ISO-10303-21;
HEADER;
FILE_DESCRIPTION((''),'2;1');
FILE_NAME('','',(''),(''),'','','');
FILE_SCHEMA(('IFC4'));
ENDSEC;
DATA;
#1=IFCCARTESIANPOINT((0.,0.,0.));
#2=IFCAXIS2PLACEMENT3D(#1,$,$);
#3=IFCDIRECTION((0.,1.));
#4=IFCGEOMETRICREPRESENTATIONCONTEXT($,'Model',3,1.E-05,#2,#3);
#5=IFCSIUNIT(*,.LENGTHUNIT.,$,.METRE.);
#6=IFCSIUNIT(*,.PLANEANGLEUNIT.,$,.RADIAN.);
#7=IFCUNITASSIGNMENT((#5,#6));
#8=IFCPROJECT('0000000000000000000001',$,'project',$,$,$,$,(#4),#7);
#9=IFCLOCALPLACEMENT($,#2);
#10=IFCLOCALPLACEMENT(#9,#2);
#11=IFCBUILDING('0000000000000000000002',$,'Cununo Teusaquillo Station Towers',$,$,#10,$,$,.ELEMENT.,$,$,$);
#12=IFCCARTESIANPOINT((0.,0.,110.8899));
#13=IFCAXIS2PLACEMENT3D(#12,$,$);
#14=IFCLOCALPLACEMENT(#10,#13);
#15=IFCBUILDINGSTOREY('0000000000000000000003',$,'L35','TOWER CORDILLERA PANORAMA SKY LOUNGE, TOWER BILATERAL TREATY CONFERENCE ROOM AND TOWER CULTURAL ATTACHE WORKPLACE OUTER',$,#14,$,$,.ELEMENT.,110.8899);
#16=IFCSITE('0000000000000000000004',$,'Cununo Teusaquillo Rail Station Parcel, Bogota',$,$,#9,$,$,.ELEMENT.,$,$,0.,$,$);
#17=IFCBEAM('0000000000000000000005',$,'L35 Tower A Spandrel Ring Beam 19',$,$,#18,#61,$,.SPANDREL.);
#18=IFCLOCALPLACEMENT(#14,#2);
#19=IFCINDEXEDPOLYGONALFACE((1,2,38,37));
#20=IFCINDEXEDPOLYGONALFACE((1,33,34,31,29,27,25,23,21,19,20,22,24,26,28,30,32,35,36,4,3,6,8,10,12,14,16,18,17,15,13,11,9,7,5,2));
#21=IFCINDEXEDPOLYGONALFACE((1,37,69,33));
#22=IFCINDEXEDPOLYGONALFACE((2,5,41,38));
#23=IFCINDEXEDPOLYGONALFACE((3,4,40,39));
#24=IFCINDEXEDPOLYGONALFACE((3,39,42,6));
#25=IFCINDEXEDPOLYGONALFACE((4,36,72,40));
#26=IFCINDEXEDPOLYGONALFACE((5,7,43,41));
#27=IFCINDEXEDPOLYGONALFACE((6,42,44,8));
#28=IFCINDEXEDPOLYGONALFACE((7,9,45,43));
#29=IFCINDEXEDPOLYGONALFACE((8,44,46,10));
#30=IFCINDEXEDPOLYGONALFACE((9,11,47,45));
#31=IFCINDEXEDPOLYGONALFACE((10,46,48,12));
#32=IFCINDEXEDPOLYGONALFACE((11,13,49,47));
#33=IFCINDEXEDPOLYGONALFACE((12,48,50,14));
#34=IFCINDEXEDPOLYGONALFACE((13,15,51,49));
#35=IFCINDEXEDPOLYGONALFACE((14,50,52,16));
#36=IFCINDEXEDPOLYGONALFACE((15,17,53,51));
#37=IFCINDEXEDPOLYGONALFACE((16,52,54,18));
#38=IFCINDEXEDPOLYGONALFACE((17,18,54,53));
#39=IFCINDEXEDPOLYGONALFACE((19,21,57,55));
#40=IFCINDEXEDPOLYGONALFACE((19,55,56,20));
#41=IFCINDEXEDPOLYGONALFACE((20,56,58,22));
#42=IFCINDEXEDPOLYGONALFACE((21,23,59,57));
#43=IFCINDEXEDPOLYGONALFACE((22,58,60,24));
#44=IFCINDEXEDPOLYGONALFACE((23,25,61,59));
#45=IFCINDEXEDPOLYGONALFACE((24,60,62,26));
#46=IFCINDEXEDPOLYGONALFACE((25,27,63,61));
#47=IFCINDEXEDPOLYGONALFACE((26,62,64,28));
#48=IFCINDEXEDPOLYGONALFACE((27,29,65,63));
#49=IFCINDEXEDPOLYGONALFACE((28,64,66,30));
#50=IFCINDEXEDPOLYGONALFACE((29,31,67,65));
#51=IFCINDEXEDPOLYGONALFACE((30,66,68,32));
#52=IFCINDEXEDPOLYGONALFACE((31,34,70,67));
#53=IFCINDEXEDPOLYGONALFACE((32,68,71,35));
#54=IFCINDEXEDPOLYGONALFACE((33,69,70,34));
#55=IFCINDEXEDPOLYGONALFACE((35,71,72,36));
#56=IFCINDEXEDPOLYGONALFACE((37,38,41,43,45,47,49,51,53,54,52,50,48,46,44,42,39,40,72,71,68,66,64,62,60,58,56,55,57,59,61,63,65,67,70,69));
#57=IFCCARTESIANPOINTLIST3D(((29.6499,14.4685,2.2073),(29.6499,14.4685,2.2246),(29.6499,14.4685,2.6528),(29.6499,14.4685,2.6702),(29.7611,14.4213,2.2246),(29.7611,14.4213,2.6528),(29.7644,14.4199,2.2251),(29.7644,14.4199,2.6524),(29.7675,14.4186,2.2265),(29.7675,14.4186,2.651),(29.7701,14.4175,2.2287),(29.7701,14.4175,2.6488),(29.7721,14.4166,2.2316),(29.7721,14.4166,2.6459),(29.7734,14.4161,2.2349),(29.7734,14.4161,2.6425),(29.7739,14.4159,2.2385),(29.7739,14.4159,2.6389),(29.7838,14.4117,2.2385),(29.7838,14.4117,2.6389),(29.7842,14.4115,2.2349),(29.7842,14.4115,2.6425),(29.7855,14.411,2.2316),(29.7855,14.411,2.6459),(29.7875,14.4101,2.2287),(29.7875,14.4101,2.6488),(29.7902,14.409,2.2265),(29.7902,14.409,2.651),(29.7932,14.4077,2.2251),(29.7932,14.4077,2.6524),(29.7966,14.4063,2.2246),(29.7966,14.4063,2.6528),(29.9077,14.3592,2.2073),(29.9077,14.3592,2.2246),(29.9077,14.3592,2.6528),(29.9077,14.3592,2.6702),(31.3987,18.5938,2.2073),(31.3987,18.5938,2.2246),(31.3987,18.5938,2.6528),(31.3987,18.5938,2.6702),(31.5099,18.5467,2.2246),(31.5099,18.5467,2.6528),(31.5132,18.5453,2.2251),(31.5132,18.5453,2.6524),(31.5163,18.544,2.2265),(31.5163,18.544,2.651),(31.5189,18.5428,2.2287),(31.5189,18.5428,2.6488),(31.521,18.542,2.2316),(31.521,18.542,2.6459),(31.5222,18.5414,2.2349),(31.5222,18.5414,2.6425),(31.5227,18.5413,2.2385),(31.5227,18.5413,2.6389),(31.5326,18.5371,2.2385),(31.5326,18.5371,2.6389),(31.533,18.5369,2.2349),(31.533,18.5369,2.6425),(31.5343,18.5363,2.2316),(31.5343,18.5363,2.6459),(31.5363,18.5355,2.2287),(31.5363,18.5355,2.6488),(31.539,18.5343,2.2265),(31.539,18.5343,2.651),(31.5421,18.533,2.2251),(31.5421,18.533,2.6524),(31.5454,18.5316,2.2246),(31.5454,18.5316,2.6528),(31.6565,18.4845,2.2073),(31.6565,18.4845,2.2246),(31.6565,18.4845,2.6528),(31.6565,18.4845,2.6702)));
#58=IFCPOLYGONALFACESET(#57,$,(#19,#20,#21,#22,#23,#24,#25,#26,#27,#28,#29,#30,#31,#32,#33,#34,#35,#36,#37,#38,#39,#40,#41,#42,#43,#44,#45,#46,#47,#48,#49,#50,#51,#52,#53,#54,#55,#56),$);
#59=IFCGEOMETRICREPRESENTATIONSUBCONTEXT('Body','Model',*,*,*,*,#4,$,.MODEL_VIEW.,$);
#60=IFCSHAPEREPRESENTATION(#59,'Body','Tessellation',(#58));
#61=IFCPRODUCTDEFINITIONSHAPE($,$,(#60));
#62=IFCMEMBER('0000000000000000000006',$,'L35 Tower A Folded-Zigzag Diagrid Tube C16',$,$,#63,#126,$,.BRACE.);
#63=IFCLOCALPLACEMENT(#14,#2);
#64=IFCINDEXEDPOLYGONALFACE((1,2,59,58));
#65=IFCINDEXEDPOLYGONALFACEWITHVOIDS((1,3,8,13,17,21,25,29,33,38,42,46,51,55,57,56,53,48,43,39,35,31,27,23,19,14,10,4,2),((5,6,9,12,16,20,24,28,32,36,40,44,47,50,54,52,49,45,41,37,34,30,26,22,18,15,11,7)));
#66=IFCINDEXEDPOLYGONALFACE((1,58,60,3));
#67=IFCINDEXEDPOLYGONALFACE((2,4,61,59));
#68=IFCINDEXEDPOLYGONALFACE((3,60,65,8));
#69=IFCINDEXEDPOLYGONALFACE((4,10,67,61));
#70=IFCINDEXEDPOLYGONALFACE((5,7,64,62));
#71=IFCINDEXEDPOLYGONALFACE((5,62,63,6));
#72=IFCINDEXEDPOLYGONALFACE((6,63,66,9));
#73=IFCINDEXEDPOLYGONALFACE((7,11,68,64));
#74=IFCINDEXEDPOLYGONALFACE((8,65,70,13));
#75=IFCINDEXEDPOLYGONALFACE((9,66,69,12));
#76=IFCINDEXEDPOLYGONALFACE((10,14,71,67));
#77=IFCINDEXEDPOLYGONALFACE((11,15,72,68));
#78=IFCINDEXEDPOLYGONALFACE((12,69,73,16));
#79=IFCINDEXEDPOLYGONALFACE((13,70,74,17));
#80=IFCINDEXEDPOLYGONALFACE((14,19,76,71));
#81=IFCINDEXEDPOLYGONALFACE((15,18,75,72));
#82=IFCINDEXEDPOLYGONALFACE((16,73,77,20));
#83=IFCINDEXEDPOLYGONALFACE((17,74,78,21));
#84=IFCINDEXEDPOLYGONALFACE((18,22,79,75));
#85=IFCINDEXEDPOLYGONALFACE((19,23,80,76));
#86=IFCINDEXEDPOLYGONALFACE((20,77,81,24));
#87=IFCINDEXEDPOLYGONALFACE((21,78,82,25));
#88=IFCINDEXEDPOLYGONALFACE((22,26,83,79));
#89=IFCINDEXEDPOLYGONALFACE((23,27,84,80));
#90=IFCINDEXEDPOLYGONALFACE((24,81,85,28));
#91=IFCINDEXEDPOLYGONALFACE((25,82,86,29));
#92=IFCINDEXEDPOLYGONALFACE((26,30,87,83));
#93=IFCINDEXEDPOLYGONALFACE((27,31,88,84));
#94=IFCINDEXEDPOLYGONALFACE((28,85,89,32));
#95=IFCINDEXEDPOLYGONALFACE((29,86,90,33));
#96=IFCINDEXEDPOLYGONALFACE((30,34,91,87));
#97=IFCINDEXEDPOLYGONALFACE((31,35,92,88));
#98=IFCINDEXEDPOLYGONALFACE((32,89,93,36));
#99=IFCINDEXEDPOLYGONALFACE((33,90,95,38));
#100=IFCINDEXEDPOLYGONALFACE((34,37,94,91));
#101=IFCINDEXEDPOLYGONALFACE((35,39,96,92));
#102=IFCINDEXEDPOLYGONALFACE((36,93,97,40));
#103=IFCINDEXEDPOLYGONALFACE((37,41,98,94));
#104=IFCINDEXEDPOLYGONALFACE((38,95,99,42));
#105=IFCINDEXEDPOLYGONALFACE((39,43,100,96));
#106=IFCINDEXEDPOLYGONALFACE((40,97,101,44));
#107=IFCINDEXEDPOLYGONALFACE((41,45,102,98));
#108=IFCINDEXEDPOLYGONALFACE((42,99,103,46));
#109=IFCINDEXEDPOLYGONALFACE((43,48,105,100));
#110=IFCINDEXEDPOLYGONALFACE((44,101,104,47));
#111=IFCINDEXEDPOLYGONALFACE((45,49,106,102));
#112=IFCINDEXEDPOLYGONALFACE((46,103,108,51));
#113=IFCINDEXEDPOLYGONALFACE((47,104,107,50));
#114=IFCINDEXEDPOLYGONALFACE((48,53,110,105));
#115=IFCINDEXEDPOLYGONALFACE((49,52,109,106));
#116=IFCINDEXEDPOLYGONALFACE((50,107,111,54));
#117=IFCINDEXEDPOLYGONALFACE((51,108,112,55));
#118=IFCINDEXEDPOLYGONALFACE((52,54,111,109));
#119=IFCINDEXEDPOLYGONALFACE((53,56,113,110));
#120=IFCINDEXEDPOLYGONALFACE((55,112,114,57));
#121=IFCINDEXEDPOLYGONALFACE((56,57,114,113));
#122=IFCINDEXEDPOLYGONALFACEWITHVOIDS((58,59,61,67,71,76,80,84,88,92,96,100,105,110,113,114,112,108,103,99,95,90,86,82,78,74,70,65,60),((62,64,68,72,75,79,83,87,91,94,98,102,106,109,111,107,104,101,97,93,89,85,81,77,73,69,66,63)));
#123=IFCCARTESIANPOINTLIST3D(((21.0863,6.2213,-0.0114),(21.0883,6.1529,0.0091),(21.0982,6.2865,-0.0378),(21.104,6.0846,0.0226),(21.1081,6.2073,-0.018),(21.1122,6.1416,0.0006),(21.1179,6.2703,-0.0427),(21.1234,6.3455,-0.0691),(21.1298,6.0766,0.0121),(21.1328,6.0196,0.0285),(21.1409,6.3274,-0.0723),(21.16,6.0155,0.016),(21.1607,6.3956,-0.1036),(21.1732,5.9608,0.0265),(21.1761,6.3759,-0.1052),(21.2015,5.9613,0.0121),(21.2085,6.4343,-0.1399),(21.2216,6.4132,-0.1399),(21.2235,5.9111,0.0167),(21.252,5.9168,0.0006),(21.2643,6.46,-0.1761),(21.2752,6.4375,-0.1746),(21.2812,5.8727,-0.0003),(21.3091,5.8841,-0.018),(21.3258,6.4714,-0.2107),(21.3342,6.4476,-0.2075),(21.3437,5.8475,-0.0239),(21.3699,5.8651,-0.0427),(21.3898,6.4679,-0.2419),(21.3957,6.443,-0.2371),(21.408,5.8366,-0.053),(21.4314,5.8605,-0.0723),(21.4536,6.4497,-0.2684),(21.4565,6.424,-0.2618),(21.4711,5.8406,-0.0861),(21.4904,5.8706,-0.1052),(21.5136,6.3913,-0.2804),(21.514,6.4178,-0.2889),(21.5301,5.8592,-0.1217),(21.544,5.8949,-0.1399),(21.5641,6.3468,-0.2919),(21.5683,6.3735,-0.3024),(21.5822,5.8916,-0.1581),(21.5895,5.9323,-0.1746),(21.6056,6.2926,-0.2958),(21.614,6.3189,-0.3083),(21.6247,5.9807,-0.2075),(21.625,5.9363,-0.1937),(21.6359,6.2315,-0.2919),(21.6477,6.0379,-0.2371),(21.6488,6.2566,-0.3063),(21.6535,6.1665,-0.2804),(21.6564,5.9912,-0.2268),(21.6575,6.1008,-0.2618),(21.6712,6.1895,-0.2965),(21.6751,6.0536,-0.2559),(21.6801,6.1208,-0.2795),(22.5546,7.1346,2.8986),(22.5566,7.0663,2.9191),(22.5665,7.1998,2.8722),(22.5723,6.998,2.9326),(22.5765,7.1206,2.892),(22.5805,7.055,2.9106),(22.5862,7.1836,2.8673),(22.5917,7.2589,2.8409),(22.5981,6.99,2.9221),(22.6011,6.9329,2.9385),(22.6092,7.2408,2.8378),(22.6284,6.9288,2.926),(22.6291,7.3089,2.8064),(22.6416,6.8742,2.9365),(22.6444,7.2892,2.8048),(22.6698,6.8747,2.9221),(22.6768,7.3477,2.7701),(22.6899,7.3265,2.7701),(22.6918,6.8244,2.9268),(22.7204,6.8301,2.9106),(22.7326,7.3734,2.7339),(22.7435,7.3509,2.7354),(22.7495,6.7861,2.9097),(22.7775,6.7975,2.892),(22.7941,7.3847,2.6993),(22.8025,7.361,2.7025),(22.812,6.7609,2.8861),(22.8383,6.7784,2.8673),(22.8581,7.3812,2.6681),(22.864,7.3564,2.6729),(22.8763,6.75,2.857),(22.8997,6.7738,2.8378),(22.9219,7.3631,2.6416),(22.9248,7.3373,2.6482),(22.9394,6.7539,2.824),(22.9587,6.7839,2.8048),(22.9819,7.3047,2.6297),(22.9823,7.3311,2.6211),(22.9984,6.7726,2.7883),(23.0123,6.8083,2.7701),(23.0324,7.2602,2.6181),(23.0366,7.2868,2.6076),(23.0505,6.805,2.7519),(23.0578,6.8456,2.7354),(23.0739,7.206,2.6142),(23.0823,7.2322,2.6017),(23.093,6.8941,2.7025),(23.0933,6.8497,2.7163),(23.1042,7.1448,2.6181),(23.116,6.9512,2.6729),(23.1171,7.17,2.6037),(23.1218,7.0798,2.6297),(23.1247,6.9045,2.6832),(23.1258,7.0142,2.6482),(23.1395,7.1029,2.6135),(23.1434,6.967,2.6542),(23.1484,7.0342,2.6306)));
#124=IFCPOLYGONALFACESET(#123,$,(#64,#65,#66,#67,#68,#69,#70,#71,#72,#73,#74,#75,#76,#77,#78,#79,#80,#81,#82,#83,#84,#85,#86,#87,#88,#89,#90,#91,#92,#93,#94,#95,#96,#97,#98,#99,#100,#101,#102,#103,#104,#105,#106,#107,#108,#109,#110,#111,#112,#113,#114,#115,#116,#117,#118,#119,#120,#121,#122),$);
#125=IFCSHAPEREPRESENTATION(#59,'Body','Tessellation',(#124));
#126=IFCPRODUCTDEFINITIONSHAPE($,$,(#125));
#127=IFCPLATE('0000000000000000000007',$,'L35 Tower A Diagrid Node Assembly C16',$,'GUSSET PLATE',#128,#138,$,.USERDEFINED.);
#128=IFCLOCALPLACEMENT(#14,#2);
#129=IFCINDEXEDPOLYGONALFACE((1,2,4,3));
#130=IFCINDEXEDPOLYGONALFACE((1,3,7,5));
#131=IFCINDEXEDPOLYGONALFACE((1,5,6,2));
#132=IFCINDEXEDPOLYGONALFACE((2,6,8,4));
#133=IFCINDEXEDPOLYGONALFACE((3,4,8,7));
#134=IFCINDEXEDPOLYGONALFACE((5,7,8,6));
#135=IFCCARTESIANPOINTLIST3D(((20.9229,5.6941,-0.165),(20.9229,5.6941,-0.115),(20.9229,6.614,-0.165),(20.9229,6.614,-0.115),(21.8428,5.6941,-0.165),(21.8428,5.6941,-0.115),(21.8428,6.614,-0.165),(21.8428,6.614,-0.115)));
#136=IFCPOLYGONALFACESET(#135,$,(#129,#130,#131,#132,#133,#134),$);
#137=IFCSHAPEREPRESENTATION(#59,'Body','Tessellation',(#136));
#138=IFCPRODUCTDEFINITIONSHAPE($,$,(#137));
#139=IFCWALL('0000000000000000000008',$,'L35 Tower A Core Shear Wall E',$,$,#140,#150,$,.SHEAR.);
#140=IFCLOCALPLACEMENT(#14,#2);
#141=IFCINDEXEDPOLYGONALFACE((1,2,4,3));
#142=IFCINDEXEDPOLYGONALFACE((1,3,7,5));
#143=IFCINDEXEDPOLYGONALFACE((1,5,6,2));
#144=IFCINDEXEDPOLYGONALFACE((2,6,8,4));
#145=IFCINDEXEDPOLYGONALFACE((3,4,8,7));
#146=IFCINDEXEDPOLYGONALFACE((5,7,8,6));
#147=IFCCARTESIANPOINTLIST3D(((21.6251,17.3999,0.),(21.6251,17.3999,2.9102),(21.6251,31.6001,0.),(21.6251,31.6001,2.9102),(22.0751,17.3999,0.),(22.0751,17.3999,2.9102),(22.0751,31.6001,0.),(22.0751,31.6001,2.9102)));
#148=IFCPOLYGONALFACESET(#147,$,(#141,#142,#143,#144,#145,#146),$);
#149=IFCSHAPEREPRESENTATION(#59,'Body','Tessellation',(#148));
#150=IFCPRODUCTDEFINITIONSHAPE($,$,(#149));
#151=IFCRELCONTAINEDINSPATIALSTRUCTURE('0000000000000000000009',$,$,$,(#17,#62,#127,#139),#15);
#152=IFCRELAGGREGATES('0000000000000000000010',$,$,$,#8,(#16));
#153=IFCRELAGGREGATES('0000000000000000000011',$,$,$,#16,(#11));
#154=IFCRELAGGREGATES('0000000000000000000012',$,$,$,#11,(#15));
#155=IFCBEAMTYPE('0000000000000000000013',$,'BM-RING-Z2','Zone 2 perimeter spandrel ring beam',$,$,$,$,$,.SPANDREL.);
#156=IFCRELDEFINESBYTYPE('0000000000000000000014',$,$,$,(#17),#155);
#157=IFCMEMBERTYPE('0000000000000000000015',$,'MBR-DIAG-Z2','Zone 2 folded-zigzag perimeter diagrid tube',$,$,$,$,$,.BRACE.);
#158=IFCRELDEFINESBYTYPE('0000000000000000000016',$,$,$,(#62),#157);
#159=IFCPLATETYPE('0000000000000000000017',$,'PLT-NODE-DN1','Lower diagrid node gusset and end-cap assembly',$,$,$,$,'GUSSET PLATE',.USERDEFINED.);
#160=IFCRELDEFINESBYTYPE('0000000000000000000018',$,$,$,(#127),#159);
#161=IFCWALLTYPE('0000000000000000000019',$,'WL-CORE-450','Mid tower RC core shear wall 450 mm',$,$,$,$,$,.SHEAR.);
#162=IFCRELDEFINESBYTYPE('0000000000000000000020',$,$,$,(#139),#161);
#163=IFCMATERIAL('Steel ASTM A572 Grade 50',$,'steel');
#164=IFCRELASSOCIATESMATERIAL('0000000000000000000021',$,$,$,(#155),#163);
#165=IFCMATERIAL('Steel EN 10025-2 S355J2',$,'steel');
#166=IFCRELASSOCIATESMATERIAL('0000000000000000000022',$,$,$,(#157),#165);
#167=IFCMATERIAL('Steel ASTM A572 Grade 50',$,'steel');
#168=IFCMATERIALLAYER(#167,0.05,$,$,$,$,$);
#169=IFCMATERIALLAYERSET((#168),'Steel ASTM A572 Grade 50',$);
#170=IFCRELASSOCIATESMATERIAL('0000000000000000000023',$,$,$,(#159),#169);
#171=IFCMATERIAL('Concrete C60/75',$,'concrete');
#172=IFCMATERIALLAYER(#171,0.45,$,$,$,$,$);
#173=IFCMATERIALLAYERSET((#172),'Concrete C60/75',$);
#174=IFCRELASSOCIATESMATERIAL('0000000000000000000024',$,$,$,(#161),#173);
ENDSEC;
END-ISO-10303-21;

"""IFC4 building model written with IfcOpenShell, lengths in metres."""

from ifc_helpers import new_model, si_unit, direction, frame, frame_2d, origin, origin_2d, place, context, subcontext, project, spatial, rectangle, hollow_circle, i_section, extrude, source, transform, mapped, material, layer, layer_set, material_profile, profile_set, type_object, element, save


model = new_model("IFC4")

# Units and contexts
model_context = context("Model", 3, precision=1e-05, world=origin(), true_north=direction((0.0, 1.0)))
body_context = subcontext(model_context, "Body", "Model", "MODEL_VIEW")
ifc_project = project(units=[si_unit("LENGTHUNIT", "METRE"), si_unit("PLANEANGLEUNIT", "RADIAN")], contexts=[model_context])

# Site, building, storey
site_placement = place(None, origin())
site = spatial("IfcSite", under=ifc_project, at=site_placement, Name="Cununo Teusaquillo Rail Station Parcel, Bogota", CompositionType="ELEMENT", RefElevation=0.0)
building_placement = place(site_placement, origin())
building = spatial("IfcBuilding", under=site, at=building_placement, Name="Cununo Teusaquillo Station Towers", CompositionType="ELEMENT")
storey_placement = place(building_placement, frame((0.0, 0.0, 110.8899)))
storey = spatial("IfcBuildingStorey", under=building, at=storey_placement, Name="L35", Description="TOWER CORDILLERA PANORAMA SKY LOUNGE, TOWER BILATERAL TREATY CONFERENCE ROOM AND TOWER CULTURAL ATTACHE WORKPLACE OUTER", CompositionType="ELEMENT", Elevation=110.8899)

# Beam
ifc_material_1 = material(Name="Steel ASTM A572 Grade 50", Category="steel")
ifc_material_profile_1 = material_profile(ifc_material_1, i_section(OverallWidth=0.28, OverallDepth=0.4629, WebThickness=0.0107, FlangeThickness=0.0173, FilletRadius=0.0139, at=origin_2d()), Name="W18X76")
ifc_profile_set_1 = profile_set([ifc_material_profile_1], Name="Steel ASTM A572 Grade 50")
beam_type_1 = type_object("IfcBeamType", Name="BM-RING-Z2", Description="Zone 2 perimeter spandrel ring beam", PredefinedType="SPANDREL", material=ifc_profile_set_1)
beam_1_placement = place(storey_placement, frame((29.7788, 14.4138, 2.4387), z_axis=(0.390299, 0.920688, 0.0), x_axis=(-0.920688, 0.390299, 0.0)))
element("IfcBeam", 1, at=beam_1_placement, inside=storey, type_object=beam_type_1, Name="L35 Tower A Spandrel Ring Beam 19", PredefinedType="SPANDREL", context=body_context, shape_type="SweptSolid", body=[
    extrude(i_section(OverallWidth=0.28, OverallDepth=0.4629, WebThickness=0.0107, FlangeThickness=0.0173, FilletRadius=0.0139, at=origin_2d()), origin(), (0.0, 0.0, 1.0), 4.4807),
])

# Member
ifc_material_2 = material(Name="Steel EN 10025-2 S355J2", Category="steel")
ifc_material_profile_2 = material_profile(ifc_material_2, hollow_circle(Radius=0.3301, WallThickness=0.0249, at=origin_2d()), Name="CHS 660x25")
ifc_profile_set_2 = profile_set([ifc_material_profile_2], Name="Steel EN 10025-2 S355J2")
member_type = type_object("IfcMemberType", Name="MBR-DIAG-Z2", Description="Zone 2 folded-zigzag perimeter diagrid tube", PredefinedType="BRACE", material=ifc_profile_set_2)
member_placement = place(storey_placement, frame((21.3828, 6.1541, -0.1399), z_axis=(0.433768, 0.269825, 0.859674), x_axis=(-0.528196, 0.849123, 0.0)))
element("IfcMember", 2, at=member_placement, inside=storey, type_object=member_type, Name="L35 Tower A Folded-Zigzag Diagrid Tube C16", PredefinedType="BRACE", context=body_context, shape_type="SweptSolid", body=[
    extrude(hollow_circle(Radius=0.3301, WallThickness=0.0249, at=origin_2d()), origin(), (0.0, 0.0, 1.0), 3.385),
])

# Plate
ifc_material_3 = material(Name="Steel ASTM A572 Grade 50", Category="steel")
ifc_layer_1 = layer(ifc_material_3, 0.05)
ifc_layer_set_1 = layer_set([ifc_layer_1], Name="Steel ASTM A572 Grade 50")
plate_type = type_object("IfcPlateType", Name="PLT-NODE-DN1", Description="Lower diagrid node gusset and end-cap assembly", ElementType="GUSSET PLATE", PredefinedType="USERDEFINED", material=ifc_layer_set_1)
shared_shape_1 = source(origin(), body_context, "Body", "SweptSolid", [
    extrude(rectangle(XDim=0.9199, YDim=0.9199, at=origin_2d()), origin(), (0.0, 0.0, 1.0), 0.05),
])
plate_placement = place(storey_placement, frame((21.3828, 6.1541, -0.165), z_axis=(0.0, 0.0, 1.0), x_axis=(1.0, 0.0, 0.0)))
element("IfcPlate", 3, at=plate_placement, inside=storey, type_object=plate_type, Name="L35 Tower A Diagrid Node Assembly C16", ObjectType="GUSSET PLATE", PredefinedType="USERDEFINED", context=body_context, shape_type="MappedRepresentation", body=[
    mapped(shared_shape_1, transform((0.0, 0.0, 0.0), x_axis=(1.0, 0.0, 0.0), y_axis=(0.0, 1.0, 0.0), z_axis=(0.0, 0.0, 1.0), scale=1.0)),
])

# Wall
ifc_material_4 = material(Name="Concrete C60/75", Category="concrete")
ifc_layer_2 = layer(ifc_material_4, 0.45)
ifc_layer_set_2 = layer_set([ifc_layer_2], Name="Concrete C60/75")
wall_type_1 = type_object("IfcWallType", Name="WL-CORE-450", Description="Mid tower RC core shear wall 450 mm", PredefinedType="SHEAR", material=ifc_layer_set_2)
wall_1_placement = place(storey_placement, frame((21.8501, 17.3999, 0.0), z_axis=(0.0, 0.0, 1.0), x_axis=(0.0, 1.0, 0.0)))
element("IfcWall", 4, at=wall_1_placement, inside=storey, type_object=wall_type_1, Name="L35 Tower A Core Shear Wall E", PredefinedType="SHEAR", context=body_context, shape_type="SweptSolid", body=[
    extrude(rectangle(XDim=14.2002, YDim=0.45, at=frame_2d((7.1001, 0.0))), origin(), (0.0, 0.0, 1.0), 2.9102),
])

save(model, "model.ifc")
